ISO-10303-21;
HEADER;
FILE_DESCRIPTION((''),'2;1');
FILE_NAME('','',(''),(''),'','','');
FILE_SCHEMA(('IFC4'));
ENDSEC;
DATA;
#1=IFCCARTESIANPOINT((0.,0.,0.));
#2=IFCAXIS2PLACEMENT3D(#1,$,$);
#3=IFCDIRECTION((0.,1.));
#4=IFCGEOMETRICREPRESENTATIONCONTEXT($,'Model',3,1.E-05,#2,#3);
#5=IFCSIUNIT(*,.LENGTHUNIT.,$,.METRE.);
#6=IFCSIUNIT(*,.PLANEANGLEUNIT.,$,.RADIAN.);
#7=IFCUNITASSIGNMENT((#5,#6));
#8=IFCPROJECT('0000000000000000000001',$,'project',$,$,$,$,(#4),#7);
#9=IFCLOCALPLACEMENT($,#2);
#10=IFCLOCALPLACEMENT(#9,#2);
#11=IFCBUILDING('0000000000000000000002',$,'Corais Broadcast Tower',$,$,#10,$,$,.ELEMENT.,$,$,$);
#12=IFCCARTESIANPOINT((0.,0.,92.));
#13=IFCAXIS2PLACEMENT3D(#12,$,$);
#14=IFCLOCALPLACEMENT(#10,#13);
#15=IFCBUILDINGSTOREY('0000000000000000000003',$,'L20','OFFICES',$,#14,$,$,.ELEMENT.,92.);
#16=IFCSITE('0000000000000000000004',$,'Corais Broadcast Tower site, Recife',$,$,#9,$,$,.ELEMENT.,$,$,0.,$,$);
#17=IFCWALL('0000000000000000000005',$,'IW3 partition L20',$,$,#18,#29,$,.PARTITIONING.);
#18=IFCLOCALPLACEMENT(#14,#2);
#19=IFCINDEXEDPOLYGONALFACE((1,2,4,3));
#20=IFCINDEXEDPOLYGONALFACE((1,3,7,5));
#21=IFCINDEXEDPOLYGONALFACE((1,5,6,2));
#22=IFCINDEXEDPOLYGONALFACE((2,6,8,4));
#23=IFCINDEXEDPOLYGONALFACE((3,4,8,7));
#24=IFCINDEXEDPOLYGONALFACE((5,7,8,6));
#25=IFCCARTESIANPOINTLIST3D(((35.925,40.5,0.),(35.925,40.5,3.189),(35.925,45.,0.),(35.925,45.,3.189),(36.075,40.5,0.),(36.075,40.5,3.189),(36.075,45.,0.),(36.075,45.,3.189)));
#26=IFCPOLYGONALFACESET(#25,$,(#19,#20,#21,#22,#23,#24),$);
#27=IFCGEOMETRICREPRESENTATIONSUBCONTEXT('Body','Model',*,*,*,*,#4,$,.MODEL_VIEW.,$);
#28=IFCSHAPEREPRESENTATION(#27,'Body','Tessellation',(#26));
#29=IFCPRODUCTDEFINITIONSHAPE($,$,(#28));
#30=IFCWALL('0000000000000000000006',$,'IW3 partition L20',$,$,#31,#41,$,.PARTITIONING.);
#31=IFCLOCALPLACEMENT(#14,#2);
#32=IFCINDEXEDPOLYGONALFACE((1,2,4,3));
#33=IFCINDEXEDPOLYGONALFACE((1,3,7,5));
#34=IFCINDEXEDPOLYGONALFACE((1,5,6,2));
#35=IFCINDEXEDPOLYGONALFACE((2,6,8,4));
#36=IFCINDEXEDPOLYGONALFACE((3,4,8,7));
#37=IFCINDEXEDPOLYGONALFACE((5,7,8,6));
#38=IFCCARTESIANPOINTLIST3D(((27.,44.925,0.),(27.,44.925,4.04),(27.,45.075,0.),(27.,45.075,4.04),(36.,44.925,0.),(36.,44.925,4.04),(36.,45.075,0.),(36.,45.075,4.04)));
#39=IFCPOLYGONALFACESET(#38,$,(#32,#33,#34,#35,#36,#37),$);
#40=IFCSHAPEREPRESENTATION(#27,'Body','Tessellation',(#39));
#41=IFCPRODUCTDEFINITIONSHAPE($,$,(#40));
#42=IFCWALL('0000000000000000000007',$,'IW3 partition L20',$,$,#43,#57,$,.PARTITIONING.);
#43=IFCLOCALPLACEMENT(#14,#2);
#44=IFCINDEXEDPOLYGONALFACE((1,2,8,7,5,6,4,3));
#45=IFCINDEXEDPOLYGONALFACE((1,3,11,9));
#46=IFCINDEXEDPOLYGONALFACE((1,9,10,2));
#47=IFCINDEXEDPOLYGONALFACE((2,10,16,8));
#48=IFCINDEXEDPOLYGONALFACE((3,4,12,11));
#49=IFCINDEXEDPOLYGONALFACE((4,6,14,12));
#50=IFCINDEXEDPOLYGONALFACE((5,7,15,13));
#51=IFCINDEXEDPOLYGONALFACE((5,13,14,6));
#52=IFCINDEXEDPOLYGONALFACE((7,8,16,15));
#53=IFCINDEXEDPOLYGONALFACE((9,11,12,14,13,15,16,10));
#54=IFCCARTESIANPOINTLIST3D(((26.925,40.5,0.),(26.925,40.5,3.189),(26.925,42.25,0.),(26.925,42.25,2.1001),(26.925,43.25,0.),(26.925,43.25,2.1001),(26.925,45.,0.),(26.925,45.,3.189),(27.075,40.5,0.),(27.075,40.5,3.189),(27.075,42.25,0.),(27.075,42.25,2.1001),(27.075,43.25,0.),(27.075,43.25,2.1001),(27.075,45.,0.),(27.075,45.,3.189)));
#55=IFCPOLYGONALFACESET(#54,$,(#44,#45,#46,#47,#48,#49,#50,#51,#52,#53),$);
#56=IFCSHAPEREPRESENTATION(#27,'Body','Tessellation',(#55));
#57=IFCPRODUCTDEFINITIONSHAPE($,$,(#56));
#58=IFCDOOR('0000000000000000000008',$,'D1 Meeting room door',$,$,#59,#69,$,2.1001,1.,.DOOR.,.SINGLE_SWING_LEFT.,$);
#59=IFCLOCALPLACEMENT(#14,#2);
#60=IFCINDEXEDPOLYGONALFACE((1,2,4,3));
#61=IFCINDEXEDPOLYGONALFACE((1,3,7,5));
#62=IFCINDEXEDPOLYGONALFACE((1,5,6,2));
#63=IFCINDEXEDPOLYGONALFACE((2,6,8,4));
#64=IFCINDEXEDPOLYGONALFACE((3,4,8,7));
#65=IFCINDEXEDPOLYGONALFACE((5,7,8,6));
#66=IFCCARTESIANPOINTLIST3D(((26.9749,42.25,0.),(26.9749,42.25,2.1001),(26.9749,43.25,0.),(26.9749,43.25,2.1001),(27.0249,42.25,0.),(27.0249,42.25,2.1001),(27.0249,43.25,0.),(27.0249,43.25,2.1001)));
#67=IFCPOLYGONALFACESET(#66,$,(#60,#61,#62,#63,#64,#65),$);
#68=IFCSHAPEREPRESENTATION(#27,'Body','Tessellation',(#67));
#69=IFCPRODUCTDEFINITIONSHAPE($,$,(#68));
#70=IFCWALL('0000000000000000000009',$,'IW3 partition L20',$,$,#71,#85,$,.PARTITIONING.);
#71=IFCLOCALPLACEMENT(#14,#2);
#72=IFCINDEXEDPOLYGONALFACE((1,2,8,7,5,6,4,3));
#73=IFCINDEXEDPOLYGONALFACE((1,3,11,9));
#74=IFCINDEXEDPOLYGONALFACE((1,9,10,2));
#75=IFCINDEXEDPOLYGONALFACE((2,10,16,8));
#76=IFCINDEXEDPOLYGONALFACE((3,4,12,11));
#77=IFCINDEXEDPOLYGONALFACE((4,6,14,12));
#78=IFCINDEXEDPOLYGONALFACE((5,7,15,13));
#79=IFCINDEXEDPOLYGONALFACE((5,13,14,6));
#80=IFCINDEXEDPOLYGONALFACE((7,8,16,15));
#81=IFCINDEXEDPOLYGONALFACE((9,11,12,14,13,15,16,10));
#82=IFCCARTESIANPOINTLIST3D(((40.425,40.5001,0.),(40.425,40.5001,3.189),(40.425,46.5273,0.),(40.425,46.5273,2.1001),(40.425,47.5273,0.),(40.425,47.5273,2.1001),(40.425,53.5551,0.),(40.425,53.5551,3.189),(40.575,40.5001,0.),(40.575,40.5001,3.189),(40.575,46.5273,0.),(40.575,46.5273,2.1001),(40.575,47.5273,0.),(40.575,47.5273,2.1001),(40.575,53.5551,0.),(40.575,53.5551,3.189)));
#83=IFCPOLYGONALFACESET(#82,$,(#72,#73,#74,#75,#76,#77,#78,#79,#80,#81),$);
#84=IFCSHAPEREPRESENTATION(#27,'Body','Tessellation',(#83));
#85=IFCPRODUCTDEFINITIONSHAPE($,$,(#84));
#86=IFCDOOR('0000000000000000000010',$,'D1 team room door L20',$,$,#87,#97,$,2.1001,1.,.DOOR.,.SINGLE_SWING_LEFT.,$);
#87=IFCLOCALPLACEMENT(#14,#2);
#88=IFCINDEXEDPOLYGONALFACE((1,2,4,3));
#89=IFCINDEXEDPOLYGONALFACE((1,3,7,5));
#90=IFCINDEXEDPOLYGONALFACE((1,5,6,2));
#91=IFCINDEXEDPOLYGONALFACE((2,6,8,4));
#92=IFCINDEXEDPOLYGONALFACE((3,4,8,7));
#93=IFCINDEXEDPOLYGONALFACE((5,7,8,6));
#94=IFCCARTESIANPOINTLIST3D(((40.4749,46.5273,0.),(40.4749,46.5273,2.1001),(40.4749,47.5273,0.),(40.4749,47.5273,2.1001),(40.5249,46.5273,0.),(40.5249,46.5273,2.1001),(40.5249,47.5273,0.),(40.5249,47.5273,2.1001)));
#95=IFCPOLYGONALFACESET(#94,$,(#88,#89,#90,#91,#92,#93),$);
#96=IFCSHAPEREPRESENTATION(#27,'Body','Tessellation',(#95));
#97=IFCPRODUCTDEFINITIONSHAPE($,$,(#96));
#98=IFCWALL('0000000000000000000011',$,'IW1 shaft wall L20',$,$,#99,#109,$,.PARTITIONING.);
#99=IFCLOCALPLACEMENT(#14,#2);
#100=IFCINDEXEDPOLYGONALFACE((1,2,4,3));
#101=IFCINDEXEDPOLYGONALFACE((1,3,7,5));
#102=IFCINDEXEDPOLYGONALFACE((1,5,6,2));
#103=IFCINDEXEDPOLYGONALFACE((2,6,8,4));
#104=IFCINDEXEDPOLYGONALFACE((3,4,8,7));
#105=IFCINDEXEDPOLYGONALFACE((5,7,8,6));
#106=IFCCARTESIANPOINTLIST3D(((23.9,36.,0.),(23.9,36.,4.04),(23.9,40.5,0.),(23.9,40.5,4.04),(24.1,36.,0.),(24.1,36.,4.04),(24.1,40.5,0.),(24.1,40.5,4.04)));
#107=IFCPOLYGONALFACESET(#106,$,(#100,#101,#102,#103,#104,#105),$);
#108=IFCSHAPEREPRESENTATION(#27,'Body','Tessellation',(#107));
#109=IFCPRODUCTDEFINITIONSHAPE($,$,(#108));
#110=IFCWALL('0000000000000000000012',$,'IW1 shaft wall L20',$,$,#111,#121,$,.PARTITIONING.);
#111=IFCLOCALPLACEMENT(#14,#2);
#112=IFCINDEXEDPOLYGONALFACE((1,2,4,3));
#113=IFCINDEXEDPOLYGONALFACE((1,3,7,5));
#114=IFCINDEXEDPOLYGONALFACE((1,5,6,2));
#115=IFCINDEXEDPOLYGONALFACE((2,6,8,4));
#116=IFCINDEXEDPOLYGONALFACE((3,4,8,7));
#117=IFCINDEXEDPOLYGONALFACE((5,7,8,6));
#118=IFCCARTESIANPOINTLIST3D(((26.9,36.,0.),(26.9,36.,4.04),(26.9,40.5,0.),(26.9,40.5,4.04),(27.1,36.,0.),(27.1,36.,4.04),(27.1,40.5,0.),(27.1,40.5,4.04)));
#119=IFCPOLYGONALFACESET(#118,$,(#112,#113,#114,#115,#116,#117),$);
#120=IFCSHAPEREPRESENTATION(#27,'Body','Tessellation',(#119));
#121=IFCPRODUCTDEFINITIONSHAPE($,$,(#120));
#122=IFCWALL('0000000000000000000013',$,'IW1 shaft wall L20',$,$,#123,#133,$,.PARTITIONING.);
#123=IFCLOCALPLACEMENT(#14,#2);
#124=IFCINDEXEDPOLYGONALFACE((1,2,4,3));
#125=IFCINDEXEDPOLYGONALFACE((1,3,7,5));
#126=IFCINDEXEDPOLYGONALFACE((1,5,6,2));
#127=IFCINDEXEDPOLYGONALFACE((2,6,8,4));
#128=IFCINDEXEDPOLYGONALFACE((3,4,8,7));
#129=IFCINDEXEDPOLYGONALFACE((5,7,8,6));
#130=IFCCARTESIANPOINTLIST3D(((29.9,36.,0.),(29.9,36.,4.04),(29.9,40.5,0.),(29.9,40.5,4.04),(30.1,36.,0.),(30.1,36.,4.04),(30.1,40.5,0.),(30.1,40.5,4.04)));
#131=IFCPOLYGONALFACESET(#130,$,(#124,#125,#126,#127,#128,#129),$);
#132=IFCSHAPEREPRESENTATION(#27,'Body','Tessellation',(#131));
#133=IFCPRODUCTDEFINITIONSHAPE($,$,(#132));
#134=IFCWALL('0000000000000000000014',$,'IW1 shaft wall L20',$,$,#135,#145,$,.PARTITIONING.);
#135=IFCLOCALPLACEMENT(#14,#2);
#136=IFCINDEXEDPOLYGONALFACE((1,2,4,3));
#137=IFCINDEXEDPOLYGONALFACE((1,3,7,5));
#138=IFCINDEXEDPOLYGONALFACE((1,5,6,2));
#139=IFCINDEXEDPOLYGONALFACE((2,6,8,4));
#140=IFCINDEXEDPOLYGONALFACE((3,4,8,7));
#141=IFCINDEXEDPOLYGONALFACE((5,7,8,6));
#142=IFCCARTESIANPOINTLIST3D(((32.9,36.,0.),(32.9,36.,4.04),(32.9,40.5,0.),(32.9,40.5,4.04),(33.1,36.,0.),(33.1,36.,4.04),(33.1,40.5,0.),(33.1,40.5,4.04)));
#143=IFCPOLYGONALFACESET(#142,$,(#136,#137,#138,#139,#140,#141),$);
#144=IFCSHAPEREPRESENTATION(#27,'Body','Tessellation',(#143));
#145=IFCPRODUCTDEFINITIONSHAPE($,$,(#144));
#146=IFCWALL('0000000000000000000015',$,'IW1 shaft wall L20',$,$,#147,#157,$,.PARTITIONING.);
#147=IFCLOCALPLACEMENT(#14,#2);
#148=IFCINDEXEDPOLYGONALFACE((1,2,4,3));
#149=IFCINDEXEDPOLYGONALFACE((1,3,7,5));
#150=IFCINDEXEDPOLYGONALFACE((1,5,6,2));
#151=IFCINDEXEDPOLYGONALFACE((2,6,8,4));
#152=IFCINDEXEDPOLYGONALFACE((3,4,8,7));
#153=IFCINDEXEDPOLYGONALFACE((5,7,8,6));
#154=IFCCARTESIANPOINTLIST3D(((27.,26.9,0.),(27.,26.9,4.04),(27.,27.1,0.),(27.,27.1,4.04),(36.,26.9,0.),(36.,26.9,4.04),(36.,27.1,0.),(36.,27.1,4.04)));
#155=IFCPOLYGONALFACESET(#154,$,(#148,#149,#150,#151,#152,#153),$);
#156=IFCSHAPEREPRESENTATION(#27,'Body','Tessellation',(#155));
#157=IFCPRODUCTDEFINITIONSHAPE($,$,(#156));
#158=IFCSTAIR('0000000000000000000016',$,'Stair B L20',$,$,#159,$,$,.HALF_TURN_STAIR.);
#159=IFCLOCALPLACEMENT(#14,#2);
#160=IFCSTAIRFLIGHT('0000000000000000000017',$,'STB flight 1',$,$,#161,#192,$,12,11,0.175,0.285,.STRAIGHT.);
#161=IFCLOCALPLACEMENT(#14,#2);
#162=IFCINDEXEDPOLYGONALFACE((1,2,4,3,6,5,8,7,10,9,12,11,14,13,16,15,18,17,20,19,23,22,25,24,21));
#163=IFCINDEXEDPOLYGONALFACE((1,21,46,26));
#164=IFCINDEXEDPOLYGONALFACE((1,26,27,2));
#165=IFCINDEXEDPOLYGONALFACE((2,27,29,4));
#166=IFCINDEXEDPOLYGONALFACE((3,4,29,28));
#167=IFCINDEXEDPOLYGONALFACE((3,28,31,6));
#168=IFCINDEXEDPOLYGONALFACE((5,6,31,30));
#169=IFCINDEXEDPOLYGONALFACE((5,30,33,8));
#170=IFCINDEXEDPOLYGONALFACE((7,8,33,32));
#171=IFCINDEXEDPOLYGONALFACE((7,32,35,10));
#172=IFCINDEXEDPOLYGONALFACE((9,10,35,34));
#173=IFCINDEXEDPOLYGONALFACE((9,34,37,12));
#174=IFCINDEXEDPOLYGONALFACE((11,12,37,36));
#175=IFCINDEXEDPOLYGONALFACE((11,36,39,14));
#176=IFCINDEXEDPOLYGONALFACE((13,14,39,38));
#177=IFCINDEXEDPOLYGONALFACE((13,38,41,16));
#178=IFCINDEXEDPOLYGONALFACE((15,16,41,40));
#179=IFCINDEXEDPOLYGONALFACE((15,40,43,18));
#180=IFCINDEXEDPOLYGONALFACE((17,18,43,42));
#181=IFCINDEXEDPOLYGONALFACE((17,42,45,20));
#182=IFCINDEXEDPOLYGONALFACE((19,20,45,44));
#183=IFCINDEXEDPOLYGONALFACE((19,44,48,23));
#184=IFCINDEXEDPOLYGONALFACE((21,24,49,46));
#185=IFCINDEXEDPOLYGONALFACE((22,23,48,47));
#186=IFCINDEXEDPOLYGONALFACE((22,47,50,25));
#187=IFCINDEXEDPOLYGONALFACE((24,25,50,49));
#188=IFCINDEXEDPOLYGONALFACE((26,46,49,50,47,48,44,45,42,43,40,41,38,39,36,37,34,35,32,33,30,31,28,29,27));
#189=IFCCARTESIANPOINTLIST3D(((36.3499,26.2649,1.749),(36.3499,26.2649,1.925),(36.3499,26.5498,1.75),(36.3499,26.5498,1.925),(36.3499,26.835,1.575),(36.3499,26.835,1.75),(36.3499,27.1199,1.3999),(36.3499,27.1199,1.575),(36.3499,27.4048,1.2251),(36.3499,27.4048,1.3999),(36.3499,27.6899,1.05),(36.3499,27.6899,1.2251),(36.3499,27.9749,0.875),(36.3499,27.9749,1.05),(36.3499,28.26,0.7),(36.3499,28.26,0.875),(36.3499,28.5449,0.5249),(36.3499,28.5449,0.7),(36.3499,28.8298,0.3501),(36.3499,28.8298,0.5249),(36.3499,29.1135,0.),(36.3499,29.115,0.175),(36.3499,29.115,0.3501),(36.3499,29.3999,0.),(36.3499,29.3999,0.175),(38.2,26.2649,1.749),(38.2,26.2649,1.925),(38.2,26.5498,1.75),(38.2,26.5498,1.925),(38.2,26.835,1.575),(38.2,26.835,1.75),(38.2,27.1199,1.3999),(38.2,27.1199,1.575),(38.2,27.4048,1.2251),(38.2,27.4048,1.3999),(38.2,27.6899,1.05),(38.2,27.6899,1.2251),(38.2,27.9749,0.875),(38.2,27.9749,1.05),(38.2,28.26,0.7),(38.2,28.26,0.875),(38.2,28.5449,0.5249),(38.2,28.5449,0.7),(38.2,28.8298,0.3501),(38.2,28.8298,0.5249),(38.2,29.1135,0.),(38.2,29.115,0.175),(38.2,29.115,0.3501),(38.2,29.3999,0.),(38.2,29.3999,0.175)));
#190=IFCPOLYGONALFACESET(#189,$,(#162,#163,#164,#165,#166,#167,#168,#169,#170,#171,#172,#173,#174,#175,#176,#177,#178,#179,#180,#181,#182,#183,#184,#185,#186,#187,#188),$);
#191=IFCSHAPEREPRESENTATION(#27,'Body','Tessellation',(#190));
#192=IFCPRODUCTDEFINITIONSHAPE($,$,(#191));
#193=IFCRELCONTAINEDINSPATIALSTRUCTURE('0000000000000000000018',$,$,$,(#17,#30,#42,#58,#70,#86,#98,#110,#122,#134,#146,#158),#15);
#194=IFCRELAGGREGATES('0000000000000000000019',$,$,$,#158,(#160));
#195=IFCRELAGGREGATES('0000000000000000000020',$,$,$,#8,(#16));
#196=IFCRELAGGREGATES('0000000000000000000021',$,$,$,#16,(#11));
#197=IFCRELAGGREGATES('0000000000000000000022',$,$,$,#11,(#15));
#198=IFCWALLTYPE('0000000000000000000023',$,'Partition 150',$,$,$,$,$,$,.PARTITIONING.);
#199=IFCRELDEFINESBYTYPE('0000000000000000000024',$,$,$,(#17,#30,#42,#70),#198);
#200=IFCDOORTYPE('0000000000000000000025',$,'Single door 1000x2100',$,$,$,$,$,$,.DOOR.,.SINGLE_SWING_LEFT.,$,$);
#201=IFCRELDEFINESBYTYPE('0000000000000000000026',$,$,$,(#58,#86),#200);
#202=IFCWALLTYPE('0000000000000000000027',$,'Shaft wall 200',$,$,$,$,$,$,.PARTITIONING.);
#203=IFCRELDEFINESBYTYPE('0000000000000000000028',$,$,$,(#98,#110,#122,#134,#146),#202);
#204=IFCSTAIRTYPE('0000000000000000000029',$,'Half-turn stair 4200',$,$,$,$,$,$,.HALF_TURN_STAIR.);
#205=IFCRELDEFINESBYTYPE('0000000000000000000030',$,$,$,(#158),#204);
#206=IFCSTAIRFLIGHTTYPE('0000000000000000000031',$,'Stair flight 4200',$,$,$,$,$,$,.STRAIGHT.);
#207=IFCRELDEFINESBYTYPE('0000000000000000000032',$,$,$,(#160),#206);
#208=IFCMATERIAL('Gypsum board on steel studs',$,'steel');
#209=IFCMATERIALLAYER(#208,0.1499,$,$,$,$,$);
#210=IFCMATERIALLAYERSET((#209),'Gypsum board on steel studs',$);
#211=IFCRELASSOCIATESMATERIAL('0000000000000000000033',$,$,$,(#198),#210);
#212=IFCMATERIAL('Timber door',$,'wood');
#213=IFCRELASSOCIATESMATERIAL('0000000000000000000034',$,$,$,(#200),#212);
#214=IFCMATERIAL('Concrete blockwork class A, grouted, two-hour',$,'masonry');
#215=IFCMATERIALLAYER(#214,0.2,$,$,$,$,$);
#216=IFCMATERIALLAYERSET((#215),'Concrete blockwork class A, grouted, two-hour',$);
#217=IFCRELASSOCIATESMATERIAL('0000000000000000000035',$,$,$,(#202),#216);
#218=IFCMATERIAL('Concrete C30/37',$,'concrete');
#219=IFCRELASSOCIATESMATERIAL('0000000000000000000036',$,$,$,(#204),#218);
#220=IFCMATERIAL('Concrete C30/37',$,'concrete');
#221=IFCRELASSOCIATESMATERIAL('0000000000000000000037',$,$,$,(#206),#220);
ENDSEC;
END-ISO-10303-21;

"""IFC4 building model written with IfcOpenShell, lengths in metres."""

from ifc_helpers import new_model, si_unit, direction, frame, frame_2d, origin, place, context, subcontext, project, spatial, polyline, rectangle, outline, extrude, material, layer, layer_set, type_object, element, fill, aggregate, save


model = new_model("IFC4")

# Units and contexts
model_context = context("Model", 3, precision=1e-05, world=origin(), true_north=direction((0.0, 1.0)))
body_context = subcontext(model_context, "Body", "Model", "MODEL_VIEW")
ifc_project = project(units=[si_unit("LENGTHUNIT", "METRE"), si_unit("PLANEANGLEUNIT", "RADIAN")], contexts=[model_context])

# Site, building, storey
site_placement = place(None, origin())
site = spatial("IfcSite", under=ifc_project, at=site_placement, Name="Corais Broadcast Tower site, Recife", CompositionType="ELEMENT", RefElevation=0.0)
building_placement = place(site_placement, origin())
building = spatial("IfcBuilding", under=site, at=building_placement, Name="Corais Broadcast Tower", CompositionType="ELEMENT")
storey_placement = place(building_placement, frame((0.0, 0.0, 92.0)))
storey = spatial("IfcBuildingStorey", under=building, at=storey_placement, Name="L20", Description="OFFICES", CompositionType="ELEMENT", Elevation=92.0)

# Shared definitions
ifc_material_1 = material(Name="Gypsum board on steel studs", Category="steel")
ifc_layer_1 = layer(ifc_material_1, 0.1499)
ifc_layer_set_1 = layer_set([ifc_layer_1], Name="Gypsum board on steel studs")
wall_type_1 = type_object("IfcWallType", Name="Partition 150", PredefinedType="PARTITIONING", material=ifc_layer_set_1)

# Shared definitions
ifc_material_2 = material(Name="Timber door", Category="wood")
door_type = type_object("IfcDoorType", Name="Single door 1000x2100", OperationType="SINGLE_SWING_LEFT", PredefinedType="DOOR", material=ifc_material_2)

# Walls
wall_1_placement = place(storey_placement, frame((36.0, 40.5, 0.0), z_axis=(0.0, 0.0, 1.0), x_axis=(0.0, 1.0, 0.0)))
element("IfcWall", 1, at=wall_1_placement, inside=storey, type_object=wall_type_1, Name="IW3 partition L20", PredefinedType="PARTITIONING", context=body_context, shape_type="SweptSolid", body=[
    extrude(rectangle(XDim=4.5, YDim=0.1499, at=frame_2d((2.25, 0.0))), origin(), (0.0, 0.0, 1.0), 3.189),
])
wall_2_placement = place(storey_placement, frame((36.0, 45.0, 0.0), z_axis=(0.0, 0.0, 1.0), x_axis=(-1.0, 0.0, 0.0)))
element("IfcWall", 2, at=wall_2_placement, inside=storey, type_object=wall_type_1, Name="IW3 partition L20", PredefinedType="PARTITIONING", context=body_context, shape_type="SweptSolid", body=[
    extrude(rectangle(XDim=9.0, YDim=0.1499, at=frame_2d((4.5, 0.0))), origin(), (0.0, 0.0, 1.0), 4.04),
])

# Walls, openings, doors
wall_3_placement = place(storey_placement, frame((27.0, 45.0, 0.0), z_axis=(0.0, 0.0, 1.0), x_axis=(0.0, -1.0, 0.0)))
wall_3 = element("IfcWall", 3, at=wall_3_placement, inside=storey, type_object=wall_type_1, Name="IW3 partition L20", PredefinedType="PARTITIONING", context=body_context, shape_type="SweptSolid", body=[
    extrude(rectangle(XDim=4.5, YDim=0.1499, at=frame_2d((2.25, 0.0))), origin(), (0.0, 0.0, 1.0), 3.189),
])
opening_1_placement = place(wall_3_placement, frame((1.75, 0.0, 0.0)))
opening_1 = element("IfcOpeningElement", 4, at=opening_1_placement, cuts=wall_3, PredefinedType="OPENING", context=body_context, shape_type="SweptSolid", body=[
    extrude(rectangle(XDim=1.0, YDim=2.1001, at=frame_2d((0.5, 1.05))), frame((0.0, 0.085, 0.0), z_axis=(0.0, -1.0, 0.0), x_axis=(1.0, 0.0, 0.0)), (0.0, 0.0, 1.0), 0.1699),
])
door_1_placement = place(opening_1_placement, origin())
door_1 = element("IfcDoor", 5, at=door_1_placement, inside=storey, type_object=door_type, Name="D1 Meeting room door", OperationType="SINGLE_SWING_LEFT", OverallHeight=2.1001, OverallWidth=1.0, PredefinedType="DOOR", context=body_context, shape_type="SweptSolid", body=[
    extrude(rectangle(XDim=1.0, YDim=2.1001, at=frame_2d((0.5, 1.05))), frame((0.0, 0.0249, 0.0), z_axis=(0.0, -1.0, 0.0), x_axis=(1.0, 0.0, 0.0)), (0.0, 0.0, 1.0), 0.05),
])
fill(opening_1, door_1)
wall_4_placement = place(storey_placement, frame((40.5, 53.5549, 0.0), z_axis=(0.0, 0.0, 1.0), x_axis=(0.0, -1.0, 0.0)))
wall_4 = element("IfcWall", 6, at=wall_4_placement, inside=storey, type_object=wall_type_1, Name="IW3 partition L20", PredefinedType="PARTITIONING", context=body_context, shape_type="SweptSolid", body=[
    extrude(rectangle(XDim=13.0549, YDim=0.1499, at=frame_2d((6.5273, 0.0))), origin(), (0.0, 0.0, 1.0), 3.189),
])
opening_2_placement = place(wall_4_placement, frame((6.0276, 0.0, 0.0)))
opening_2 = element("IfcOpeningElement", 7, at=opening_2_placement, cuts=wall_4, PredefinedType="OPENING", context=body_context, shape_type="SweptSolid", body=[
    extrude(rectangle(XDim=1.0, YDim=2.1001, at=frame_2d((0.5, 1.05))), frame((0.0, 0.085, 0.0), z_axis=(0.0, -1.0, 0.0), x_axis=(1.0, 0.0, 0.0)), (0.0, 0.0, 1.0), 0.1699),
])
door_2_placement = place(opening_2_placement, origin())
door_2 = element("IfcDoor", 8, at=door_2_placement, inside=storey, type_object=door_type, Name="D1 team room door L20", OperationType="SINGLE_SWING_LEFT", OverallHeight=2.1001, OverallWidth=1.0, PredefinedType="DOOR", context=body_context, shape_type="SweptSolid", body=[
    extrude(rectangle(XDim=1.0, YDim=2.1001, at=frame_2d((0.5, 1.05))), frame((0.0, 0.0249, 0.0), z_axis=(0.0, -1.0, 0.0), x_axis=(1.0, 0.0, 0.0)), (0.0, 0.0, 1.0), 0.05),
])
fill(opening_2, door_2)

# Walls
ifc_material_3 = material(Name="Concrete blockwork class A, grouted, two-hour", Category="masonry")
ifc_layer_2 = layer(ifc_material_3, 0.2)
ifc_layer_set_2 = layer_set([ifc_layer_2], Name="Concrete blockwork class A, grouted, two-hour")
wall_type_2 = type_object("IfcWallType", Name="Shaft wall 200", PredefinedType="PARTITIONING", material=ifc_layer_set_2)
for number, where, z_axis, x_axis, name in (
    (9, (24.0, 36.0, 0.0), (0.0, 0.0, 1.0), (0.0, 1.0, 0.0), "IW1 shaft wall L20"),
    (10, (27.0, 36.0, 0.0), (0.0, 0.0, 1.0), (0.0, 1.0, 0.0), "IW1 shaft wall L20"),
    (11, (30.0, 36.0, 0.0), (0.0, 0.0, 1.0), (0.0, 1.0, 0.0), "IW1 shaft wall L20"),
    (12, (33.0, 36.0, 0.0), (0.0, 0.0, 1.0), (0.0, 1.0, 0.0), "IW1 shaft wall L20"),
):
    element("IfcWall", number, at=place(storey_placement, frame(where, z_axis=z_axis, x_axis=x_axis)), inside=storey, type_object=wall_type_2, Name=name, PredefinedType="PARTITIONING", context=body_context, shape_type="SweptSolid", body=[
        extrude(rectangle(XDim=4.5, YDim=0.2, at=frame_2d((2.25, 0.0))), origin(), (0.0, 0.0, 1.0), 4.04),
    ])
wall_5_placement = place(storey_placement, frame((27.0, 27.0, 0.0), z_axis=(0.0, 0.0, 1.0), x_axis=(1.0, 0.0, 0.0)))
element("IfcWall", 13, at=wall_5_placement, inside=storey, type_object=wall_type_2, Name="IW1 shaft wall L20", PredefinedType="PARTITIONING", context=body_context, shape_type="SweptSolid", body=[
    extrude(rectangle(XDim=9.0, YDim=0.2, at=frame_2d((4.5, 0.0))), origin(), (0.0, 0.0, 1.0), 4.04),
])

# Stair, stair flight
ifc_material_4 = material(Name="Concrete C30/37", Category="concrete")
stair_type = type_object("IfcStairType", Name="Half-turn stair 4200", PredefinedType="HALF_TURN_STAIR", material=ifc_material_4)
stair_placement = place(storey_placement, origin())
stair = element("IfcStair", 14, at=stair_placement, inside=storey, type_object=stair_type, Name="Stair B L20", PredefinedType="HALF_TURN_STAIR")
ifc_material_5 = material(Name="Concrete C30/37", Category="concrete")
stair_flight_type = type_object("IfcStairFlightType", Name="Stair flight 4200", PredefinedType="STRAIGHT", material=ifc_material_5)
stair_flight_placement = place(storey_placement, frame((37.2749, 29.3999, 0.0), z_axis=(0.0, 0.0, 1.0), x_axis=(0.0, -1.0, 0.0)))
stair_flight = element("IfcStairFlight", 15, at=stair_flight_placement, type_object=stair_flight_type, Name="STB flight 1", NumberOfRisers=12, NumberOfTreads=11, PredefinedType="STRAIGHT", RiserHeight=0.175, TreadLength=0.285, context=body_context, shape_type="SweptSolid", body=[
    extrude(outline(polyline([(0.0, 0.0), (0.0, 0.175), (0.2849, 0.175), (0.2849, 0.3501), (0.5701, 0.3501), (0.5701, 0.5249), (0.855, 0.5249), (0.855, 0.7), (1.1399, 0.7), (1.1399, 0.875), (1.425, 0.875), (1.425, 1.05), (1.71, 1.05), (1.71, 1.2251), (1.9951, 1.2251), (1.9951, 1.3999), (2.28, 1.3999), (2.28, 1.575), (2.5649, 1.575), (2.5649, 1.75), (2.8501, 1.75), (2.8501, 1.925), (3.135, 1.925), (3.135, 2.1001), (3.135, 1.749), (0.2864, 0.0), (0.0, 0.0)])), frame((0.0, 0.925, 0.0), z_axis=(0.0, -1.0, 0.0), x_axis=(1.0, 0.0, 0.0)), (0.0, 0.0, 1.0), 1.8501),
])
aggregate(stair, [stair_flight])

save(model, "model.ifc")
